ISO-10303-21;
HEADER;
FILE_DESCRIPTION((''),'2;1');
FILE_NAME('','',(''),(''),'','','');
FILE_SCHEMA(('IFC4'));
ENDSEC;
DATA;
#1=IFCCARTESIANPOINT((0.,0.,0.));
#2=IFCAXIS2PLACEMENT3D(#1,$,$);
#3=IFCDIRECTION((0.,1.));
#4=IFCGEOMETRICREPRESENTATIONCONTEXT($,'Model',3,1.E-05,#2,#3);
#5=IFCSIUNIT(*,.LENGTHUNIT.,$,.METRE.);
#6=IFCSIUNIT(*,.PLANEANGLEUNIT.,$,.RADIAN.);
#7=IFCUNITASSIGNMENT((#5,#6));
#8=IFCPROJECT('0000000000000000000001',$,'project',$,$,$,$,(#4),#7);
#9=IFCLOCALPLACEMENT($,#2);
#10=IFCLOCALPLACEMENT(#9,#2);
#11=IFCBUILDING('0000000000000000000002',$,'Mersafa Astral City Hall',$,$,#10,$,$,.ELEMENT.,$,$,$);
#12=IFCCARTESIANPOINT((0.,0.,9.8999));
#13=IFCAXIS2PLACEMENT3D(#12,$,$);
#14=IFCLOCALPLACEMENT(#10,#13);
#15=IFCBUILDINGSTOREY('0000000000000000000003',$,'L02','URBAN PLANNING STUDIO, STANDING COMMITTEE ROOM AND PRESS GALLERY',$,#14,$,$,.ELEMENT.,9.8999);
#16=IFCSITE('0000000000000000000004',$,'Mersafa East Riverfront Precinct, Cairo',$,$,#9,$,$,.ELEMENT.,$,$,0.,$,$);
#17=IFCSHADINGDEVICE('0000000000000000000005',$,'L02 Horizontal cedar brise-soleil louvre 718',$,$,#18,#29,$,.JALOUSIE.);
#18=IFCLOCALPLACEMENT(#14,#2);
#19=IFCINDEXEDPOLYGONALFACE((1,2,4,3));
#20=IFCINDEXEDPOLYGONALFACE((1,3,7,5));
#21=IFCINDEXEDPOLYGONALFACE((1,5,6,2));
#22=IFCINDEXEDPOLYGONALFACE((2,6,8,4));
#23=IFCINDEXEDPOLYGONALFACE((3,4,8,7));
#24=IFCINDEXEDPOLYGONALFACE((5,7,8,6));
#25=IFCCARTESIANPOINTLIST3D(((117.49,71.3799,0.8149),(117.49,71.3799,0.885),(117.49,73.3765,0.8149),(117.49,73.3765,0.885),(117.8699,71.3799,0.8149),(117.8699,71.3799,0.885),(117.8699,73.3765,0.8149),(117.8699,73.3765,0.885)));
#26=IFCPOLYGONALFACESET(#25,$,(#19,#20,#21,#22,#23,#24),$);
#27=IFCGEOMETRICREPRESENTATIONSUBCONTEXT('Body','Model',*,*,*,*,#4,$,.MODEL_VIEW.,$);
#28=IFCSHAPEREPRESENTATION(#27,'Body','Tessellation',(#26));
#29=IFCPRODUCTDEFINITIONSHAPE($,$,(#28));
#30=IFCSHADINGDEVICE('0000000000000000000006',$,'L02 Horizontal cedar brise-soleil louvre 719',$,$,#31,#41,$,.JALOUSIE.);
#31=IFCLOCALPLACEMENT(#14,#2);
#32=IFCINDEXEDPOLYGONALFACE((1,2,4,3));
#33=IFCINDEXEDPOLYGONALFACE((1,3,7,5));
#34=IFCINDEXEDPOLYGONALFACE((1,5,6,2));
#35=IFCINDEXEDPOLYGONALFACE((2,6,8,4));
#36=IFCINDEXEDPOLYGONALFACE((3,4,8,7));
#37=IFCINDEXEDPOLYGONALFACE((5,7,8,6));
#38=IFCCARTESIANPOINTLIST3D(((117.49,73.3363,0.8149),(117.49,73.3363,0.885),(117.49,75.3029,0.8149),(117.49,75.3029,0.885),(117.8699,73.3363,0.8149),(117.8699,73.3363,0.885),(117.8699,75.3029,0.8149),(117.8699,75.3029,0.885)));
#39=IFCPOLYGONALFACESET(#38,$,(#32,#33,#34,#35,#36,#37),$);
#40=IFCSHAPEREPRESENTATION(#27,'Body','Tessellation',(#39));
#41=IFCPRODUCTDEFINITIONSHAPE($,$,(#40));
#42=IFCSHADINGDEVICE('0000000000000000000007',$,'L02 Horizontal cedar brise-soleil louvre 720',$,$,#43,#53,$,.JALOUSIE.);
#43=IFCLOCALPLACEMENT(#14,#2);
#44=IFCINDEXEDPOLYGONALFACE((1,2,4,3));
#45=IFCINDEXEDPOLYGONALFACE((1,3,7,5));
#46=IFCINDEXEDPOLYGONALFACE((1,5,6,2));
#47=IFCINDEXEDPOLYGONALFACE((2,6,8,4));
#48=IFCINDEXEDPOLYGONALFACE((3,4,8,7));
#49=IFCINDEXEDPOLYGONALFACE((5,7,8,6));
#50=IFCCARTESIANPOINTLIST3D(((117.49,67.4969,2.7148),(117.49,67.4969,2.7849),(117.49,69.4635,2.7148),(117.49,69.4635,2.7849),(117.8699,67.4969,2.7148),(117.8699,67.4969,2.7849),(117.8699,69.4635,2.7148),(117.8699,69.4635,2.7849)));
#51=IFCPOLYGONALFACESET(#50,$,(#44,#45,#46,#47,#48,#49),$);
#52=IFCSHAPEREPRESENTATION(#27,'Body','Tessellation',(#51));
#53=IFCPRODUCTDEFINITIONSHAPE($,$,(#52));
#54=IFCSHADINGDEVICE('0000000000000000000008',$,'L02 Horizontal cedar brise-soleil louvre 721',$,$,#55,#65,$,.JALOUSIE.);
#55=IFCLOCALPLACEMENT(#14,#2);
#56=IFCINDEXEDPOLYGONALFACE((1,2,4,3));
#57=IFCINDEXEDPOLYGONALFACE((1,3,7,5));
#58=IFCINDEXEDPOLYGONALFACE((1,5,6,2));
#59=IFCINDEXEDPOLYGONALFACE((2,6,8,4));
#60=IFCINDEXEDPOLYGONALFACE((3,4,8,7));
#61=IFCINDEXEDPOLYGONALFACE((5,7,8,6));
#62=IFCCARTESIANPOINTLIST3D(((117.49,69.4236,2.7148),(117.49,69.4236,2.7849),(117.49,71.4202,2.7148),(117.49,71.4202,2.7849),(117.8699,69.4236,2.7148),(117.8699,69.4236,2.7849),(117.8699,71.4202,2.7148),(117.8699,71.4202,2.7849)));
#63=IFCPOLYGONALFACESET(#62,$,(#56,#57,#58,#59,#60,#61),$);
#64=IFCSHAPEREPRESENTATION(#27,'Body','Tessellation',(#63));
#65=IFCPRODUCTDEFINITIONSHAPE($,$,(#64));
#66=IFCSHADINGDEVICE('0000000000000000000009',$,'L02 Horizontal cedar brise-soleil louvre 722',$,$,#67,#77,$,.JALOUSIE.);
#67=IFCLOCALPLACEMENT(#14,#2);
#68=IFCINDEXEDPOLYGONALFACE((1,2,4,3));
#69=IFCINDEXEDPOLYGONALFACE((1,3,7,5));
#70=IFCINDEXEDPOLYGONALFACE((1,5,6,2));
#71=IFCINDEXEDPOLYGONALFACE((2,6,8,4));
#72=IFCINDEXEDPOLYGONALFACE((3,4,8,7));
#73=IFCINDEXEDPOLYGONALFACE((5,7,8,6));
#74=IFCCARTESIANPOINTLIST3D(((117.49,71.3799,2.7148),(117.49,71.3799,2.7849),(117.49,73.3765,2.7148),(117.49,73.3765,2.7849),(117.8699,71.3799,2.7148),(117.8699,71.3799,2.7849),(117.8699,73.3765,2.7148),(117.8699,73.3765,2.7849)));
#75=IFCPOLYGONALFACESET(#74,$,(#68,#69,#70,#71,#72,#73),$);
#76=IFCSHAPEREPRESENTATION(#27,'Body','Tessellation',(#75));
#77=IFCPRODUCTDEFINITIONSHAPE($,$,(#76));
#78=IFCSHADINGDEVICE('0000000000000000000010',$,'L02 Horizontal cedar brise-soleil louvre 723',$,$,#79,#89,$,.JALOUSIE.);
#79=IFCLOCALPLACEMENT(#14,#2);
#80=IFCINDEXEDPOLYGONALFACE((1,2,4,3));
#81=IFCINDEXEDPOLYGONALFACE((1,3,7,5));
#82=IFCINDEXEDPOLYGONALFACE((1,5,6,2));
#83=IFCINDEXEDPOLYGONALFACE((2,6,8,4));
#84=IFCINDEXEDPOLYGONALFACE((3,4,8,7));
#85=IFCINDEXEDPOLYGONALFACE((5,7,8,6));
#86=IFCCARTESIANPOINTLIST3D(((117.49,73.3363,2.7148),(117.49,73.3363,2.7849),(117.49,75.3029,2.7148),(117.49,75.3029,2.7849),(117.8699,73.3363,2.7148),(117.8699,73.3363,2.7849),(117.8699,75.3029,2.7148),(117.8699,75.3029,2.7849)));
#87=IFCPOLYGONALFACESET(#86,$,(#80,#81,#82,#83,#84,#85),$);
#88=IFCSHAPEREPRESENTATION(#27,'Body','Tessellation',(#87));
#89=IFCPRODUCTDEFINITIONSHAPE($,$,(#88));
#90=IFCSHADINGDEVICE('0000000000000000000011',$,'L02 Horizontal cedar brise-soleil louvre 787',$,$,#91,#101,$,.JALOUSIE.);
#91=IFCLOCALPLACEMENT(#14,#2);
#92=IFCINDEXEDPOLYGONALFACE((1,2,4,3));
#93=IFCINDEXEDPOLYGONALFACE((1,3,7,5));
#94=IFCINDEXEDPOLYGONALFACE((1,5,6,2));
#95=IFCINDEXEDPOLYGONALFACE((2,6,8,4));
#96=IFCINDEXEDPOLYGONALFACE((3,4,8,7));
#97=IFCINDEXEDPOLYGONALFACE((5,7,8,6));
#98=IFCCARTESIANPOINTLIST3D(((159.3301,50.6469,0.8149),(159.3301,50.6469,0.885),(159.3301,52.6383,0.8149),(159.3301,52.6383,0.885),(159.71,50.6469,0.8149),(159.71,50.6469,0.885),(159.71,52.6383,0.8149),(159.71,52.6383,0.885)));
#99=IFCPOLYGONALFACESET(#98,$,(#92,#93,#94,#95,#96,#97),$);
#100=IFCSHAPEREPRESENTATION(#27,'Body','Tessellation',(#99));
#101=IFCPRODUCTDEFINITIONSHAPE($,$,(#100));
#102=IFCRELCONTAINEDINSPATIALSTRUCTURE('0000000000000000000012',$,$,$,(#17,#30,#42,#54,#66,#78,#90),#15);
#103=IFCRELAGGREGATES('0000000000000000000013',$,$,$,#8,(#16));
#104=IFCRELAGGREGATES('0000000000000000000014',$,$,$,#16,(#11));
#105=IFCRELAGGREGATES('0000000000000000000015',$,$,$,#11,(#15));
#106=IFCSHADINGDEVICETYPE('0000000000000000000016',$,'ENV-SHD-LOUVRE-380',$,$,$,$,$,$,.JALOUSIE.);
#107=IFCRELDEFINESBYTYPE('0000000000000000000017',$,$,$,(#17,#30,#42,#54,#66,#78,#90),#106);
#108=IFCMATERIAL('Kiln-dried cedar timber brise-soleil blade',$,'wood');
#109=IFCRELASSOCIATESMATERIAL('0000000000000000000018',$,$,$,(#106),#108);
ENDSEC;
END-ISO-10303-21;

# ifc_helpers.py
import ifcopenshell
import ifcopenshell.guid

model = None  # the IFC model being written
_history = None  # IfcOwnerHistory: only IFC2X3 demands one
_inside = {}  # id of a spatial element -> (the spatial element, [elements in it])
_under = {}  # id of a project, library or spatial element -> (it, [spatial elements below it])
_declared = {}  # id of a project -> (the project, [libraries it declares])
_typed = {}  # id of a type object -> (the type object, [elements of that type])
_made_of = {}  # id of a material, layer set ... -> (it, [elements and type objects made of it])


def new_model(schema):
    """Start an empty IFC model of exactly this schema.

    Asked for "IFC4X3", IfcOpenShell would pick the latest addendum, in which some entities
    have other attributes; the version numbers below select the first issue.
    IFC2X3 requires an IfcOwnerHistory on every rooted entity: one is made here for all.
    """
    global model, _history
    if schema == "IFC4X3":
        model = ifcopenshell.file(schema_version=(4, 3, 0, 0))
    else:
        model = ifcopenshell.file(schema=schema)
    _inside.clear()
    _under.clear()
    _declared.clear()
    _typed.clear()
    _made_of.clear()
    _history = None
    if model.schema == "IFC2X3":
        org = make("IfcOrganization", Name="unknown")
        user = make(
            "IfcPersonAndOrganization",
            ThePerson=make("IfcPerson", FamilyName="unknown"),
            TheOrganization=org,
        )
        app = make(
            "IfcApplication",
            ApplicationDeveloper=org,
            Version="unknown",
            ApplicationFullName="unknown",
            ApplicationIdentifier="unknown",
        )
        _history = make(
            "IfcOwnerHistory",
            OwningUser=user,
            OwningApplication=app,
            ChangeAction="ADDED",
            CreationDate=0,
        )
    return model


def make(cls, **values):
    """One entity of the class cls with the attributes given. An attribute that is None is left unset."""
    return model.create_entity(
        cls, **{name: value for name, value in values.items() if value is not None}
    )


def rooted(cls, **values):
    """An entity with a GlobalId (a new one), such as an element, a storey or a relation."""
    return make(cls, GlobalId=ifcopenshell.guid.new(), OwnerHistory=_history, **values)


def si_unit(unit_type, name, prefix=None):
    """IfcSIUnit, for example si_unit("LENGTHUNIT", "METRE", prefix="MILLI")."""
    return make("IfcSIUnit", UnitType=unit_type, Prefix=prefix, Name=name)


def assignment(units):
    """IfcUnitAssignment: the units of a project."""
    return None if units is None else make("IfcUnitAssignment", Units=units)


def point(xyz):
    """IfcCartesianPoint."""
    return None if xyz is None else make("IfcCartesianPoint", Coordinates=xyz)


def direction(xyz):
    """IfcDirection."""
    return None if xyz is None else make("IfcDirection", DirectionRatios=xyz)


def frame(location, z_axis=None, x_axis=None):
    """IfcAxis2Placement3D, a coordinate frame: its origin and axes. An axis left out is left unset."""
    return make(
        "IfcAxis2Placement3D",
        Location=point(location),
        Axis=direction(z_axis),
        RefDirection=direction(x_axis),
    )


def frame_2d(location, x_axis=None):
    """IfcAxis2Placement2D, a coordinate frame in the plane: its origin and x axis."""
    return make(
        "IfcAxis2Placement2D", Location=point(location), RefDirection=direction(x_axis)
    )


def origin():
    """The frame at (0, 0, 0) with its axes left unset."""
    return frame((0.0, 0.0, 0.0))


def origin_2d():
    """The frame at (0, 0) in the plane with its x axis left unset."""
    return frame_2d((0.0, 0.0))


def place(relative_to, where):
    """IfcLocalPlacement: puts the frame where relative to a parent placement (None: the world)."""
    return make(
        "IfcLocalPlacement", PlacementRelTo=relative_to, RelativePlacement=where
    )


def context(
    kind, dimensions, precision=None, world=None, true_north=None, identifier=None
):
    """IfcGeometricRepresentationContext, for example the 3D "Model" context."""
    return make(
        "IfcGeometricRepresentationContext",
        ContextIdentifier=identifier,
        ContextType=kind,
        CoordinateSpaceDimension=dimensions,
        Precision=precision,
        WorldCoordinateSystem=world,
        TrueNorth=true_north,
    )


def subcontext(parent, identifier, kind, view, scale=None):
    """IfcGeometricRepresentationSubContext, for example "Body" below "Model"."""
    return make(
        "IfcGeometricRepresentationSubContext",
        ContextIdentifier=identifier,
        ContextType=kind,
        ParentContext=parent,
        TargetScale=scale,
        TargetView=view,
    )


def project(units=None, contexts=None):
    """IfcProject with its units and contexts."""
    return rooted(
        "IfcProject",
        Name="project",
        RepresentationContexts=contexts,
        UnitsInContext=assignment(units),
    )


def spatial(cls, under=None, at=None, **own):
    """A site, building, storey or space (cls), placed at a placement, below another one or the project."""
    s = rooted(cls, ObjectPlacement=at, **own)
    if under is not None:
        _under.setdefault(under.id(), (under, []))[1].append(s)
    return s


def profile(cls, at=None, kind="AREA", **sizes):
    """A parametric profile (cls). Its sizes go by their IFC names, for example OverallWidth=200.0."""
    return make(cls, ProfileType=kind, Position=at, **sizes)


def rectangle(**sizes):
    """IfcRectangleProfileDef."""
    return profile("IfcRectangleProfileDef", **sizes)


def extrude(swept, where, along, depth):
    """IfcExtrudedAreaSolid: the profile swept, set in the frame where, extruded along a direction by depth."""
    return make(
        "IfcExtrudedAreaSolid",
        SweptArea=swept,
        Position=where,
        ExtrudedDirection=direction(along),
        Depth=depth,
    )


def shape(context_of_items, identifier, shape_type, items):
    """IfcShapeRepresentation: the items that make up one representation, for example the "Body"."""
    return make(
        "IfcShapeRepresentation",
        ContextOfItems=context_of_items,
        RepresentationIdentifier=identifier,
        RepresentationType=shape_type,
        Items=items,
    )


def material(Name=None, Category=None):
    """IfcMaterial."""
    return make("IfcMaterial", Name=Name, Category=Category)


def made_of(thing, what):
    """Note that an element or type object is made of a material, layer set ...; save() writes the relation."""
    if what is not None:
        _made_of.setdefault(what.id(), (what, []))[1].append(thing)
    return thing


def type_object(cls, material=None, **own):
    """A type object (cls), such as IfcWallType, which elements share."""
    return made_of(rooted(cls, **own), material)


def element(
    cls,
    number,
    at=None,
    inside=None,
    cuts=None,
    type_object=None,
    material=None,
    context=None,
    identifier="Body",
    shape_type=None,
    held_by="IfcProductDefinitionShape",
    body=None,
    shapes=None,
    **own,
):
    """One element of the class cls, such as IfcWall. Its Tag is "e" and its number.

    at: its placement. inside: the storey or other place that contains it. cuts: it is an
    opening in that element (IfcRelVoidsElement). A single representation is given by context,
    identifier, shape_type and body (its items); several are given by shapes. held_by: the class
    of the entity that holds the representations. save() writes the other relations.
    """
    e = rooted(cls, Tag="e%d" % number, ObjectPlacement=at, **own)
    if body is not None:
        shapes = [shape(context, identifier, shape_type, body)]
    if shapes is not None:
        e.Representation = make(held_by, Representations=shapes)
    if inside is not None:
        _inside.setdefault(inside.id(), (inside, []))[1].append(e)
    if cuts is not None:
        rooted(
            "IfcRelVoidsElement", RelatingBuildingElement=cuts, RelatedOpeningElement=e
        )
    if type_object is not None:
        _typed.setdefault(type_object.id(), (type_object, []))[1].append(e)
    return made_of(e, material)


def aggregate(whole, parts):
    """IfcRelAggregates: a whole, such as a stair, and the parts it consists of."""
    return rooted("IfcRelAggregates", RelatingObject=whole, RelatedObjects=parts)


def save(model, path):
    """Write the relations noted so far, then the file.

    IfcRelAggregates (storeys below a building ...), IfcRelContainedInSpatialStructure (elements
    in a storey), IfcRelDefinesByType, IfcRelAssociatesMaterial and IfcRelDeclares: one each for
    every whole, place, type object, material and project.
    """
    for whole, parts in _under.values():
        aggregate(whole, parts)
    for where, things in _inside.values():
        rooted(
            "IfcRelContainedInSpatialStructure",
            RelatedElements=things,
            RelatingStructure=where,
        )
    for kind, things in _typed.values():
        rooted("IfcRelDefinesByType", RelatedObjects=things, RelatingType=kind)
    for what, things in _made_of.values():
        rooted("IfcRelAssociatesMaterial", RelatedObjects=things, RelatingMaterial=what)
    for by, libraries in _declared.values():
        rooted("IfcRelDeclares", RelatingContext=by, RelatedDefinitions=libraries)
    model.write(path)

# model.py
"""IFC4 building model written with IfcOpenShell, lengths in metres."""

from ifc_helpers import new_model, si_unit, direction, frame, origin, origin_2d, place, context, subcontext, project, spatial, rectangle, extrude, material, type_object, element, save


model = new_model("IFC4")

# Units and contexts
model_context = context("Model", 3, precision=1e-05, world=origin(), true_north=direction((0.0, 1.0)))
body_context = subcontext(model_context, "Body", "Model", "MODEL_VIEW")
ifc_project = project(units=[si_unit("LENGTHUNIT", "METRE"), si_unit("PLANEANGLEUNIT", "RADIAN")], contexts=[model_context])

# Site, building, storey
site_placement = place(None, origin())
site = spatial("IfcSite", under=ifc_project, at=site_placement, Name="Mersafa East Riverfront Precinct, Cairo", CompositionType="ELEMENT", RefElevation=0.0)
building_placement = place(site_placement, origin())
building = spatial("IfcBuilding", under=site, at=building_placement, Name="Mersafa Astral City Hall", CompositionType="ELEMENT")
storey_placement = place(building_placement, frame((0.0, 0.0, 9.8999)))
storey = spatial("IfcBuildingStorey", under=building, at=storey_placement, Name="L02", Description="URBAN PLANNING STUDIO, STANDING COMMITTEE ROOM AND PRESS GALLERY", CompositionType="ELEMENT", Elevation=9.8999)

# Shading devices
ifc_material_1 = material(Name="Kiln-dried cedar timber brise-soleil blade", Category="wood")
shading_device_type_1 = type_object("IfcShadingDeviceType", Name="ENV-SHD-LOUVRE-380", PredefinedType="JALOUSIE", material=ifc_material_1)
for number, where, z_axis, x_axis, name in (
    (1, (117.6799, 72.3782, 0.8149), (0.0, 0.0, 1.0), (0.0, 1.0, 0.0), "L02 Horizontal cedar brise-soleil louvre 718"),
):
    element("IfcShadingDevice", number, at=place(storey_placement, frame(where, z_axis=z_axis, x_axis=x_axis)), inside=storey, type_object=shading_device_type_1, Name=name, PredefinedType="JALOUSIE", context=body_context, shape_type="SweptSolid", body=[
        extrude(rectangle(XDim=1.9966, YDim=0.3799, at=origin_2d()), origin(), (0.0, 0.0, 1.0), 0.0701),
    ])
for number, where, z_axis, x_axis, name in (
    (2, (117.6799, 74.3196, 0.8149), (0.0, 0.0, 1.0), (0.0, 1.0, 0.0), "L02 Horizontal cedar brise-soleil louvre 719"),
    (3, (117.6799, 68.4802, 2.7148), (0.0, 0.0, 1.0), (0.0, 1.0, 0.0), "L02 Horizontal cedar brise-soleil louvre 720"),
):
    element("IfcShadingDevice", number, at=place(storey_placement, frame(where, z_axis=z_axis, x_axis=x_axis)), inside=storey, type_object=shading_device_type_1, Name=name, PredefinedType="JALOUSIE", context=body_context, shape_type="SweptSolid", body=[
        extrude(rectangle(XDim=1.9666, YDim=0.3799, at=origin_2d()), origin(), (0.0, 0.0, 1.0), 0.0701),
    ])
for number, where, z_axis, x_axis, name in (
    (4, (117.6799, 70.4219, 2.7148), (0.0, 0.0, 1.0), (0.0, 1.0, 0.0), "L02 Horizontal cedar brise-soleil louvre 721"),
    (5, (117.6799, 72.3782, 2.7148), (0.0, 0.0, 1.0), (0.0, 1.0, 0.0), "L02 Horizontal cedar brise-soleil louvre 722"),
):
    element("IfcShadingDevice", number, at=place(storey_placement, frame(where, z_axis=z_axis, x_axis=x_axis)), inside=storey, type_object=shading_device_type_1, Name=name, PredefinedType="JALOUSIE", context=body_context, shape_type="SweptSolid", body=[
        extrude(rectangle(XDim=1.9966, YDim=0.3799, at=origin_2d()), origin(), (0.0, 0.0, 1.0), 0.0701),
    ])
shading_device_1_placement = place(storey_placement, frame((117.6799, 74.3196, 2.7148), z_axis=(0.0, 0.0, 1.0), x_axis=(0.0, 1.0, 0.0)))
element("IfcShadingDevice", 6, at=shading_device_1_placement, inside=storey, type_object=shading_device_type_1, Name="L02 Horizontal cedar brise-soleil louvre 723", PredefinedType="JALOUSIE", context=body_context, shape_type="SweptSolid", body=[
    extrude(rectangle(XDim=1.9666, YDim=0.3799, at=origin_2d()), origin(), (0.0, 0.0, 1.0), 0.0701),
])
shading_device_2_placement = place(storey_placement, frame((159.52, 51.6426, 0.8149), z_axis=(0.0, 0.0, 1.0), x_axis=(0.0, -1.0, 0.0)))
element("IfcShadingDevice", 7, at=shading_device_2_placement, inside=storey, type_object=shading_device_type_1, Name="L02 Horizontal cedar brise-soleil louvre 787", PredefinedType="JALOUSIE", context=body_context, shape_type="SweptSolid", body=[
    extrude(rectangle(XDim=1.9915, YDim=0.3799, at=origin_2d()), origin(), (0.0, 0.0, 1.0), 0.0701),
])

save(model, "model.ifc")
